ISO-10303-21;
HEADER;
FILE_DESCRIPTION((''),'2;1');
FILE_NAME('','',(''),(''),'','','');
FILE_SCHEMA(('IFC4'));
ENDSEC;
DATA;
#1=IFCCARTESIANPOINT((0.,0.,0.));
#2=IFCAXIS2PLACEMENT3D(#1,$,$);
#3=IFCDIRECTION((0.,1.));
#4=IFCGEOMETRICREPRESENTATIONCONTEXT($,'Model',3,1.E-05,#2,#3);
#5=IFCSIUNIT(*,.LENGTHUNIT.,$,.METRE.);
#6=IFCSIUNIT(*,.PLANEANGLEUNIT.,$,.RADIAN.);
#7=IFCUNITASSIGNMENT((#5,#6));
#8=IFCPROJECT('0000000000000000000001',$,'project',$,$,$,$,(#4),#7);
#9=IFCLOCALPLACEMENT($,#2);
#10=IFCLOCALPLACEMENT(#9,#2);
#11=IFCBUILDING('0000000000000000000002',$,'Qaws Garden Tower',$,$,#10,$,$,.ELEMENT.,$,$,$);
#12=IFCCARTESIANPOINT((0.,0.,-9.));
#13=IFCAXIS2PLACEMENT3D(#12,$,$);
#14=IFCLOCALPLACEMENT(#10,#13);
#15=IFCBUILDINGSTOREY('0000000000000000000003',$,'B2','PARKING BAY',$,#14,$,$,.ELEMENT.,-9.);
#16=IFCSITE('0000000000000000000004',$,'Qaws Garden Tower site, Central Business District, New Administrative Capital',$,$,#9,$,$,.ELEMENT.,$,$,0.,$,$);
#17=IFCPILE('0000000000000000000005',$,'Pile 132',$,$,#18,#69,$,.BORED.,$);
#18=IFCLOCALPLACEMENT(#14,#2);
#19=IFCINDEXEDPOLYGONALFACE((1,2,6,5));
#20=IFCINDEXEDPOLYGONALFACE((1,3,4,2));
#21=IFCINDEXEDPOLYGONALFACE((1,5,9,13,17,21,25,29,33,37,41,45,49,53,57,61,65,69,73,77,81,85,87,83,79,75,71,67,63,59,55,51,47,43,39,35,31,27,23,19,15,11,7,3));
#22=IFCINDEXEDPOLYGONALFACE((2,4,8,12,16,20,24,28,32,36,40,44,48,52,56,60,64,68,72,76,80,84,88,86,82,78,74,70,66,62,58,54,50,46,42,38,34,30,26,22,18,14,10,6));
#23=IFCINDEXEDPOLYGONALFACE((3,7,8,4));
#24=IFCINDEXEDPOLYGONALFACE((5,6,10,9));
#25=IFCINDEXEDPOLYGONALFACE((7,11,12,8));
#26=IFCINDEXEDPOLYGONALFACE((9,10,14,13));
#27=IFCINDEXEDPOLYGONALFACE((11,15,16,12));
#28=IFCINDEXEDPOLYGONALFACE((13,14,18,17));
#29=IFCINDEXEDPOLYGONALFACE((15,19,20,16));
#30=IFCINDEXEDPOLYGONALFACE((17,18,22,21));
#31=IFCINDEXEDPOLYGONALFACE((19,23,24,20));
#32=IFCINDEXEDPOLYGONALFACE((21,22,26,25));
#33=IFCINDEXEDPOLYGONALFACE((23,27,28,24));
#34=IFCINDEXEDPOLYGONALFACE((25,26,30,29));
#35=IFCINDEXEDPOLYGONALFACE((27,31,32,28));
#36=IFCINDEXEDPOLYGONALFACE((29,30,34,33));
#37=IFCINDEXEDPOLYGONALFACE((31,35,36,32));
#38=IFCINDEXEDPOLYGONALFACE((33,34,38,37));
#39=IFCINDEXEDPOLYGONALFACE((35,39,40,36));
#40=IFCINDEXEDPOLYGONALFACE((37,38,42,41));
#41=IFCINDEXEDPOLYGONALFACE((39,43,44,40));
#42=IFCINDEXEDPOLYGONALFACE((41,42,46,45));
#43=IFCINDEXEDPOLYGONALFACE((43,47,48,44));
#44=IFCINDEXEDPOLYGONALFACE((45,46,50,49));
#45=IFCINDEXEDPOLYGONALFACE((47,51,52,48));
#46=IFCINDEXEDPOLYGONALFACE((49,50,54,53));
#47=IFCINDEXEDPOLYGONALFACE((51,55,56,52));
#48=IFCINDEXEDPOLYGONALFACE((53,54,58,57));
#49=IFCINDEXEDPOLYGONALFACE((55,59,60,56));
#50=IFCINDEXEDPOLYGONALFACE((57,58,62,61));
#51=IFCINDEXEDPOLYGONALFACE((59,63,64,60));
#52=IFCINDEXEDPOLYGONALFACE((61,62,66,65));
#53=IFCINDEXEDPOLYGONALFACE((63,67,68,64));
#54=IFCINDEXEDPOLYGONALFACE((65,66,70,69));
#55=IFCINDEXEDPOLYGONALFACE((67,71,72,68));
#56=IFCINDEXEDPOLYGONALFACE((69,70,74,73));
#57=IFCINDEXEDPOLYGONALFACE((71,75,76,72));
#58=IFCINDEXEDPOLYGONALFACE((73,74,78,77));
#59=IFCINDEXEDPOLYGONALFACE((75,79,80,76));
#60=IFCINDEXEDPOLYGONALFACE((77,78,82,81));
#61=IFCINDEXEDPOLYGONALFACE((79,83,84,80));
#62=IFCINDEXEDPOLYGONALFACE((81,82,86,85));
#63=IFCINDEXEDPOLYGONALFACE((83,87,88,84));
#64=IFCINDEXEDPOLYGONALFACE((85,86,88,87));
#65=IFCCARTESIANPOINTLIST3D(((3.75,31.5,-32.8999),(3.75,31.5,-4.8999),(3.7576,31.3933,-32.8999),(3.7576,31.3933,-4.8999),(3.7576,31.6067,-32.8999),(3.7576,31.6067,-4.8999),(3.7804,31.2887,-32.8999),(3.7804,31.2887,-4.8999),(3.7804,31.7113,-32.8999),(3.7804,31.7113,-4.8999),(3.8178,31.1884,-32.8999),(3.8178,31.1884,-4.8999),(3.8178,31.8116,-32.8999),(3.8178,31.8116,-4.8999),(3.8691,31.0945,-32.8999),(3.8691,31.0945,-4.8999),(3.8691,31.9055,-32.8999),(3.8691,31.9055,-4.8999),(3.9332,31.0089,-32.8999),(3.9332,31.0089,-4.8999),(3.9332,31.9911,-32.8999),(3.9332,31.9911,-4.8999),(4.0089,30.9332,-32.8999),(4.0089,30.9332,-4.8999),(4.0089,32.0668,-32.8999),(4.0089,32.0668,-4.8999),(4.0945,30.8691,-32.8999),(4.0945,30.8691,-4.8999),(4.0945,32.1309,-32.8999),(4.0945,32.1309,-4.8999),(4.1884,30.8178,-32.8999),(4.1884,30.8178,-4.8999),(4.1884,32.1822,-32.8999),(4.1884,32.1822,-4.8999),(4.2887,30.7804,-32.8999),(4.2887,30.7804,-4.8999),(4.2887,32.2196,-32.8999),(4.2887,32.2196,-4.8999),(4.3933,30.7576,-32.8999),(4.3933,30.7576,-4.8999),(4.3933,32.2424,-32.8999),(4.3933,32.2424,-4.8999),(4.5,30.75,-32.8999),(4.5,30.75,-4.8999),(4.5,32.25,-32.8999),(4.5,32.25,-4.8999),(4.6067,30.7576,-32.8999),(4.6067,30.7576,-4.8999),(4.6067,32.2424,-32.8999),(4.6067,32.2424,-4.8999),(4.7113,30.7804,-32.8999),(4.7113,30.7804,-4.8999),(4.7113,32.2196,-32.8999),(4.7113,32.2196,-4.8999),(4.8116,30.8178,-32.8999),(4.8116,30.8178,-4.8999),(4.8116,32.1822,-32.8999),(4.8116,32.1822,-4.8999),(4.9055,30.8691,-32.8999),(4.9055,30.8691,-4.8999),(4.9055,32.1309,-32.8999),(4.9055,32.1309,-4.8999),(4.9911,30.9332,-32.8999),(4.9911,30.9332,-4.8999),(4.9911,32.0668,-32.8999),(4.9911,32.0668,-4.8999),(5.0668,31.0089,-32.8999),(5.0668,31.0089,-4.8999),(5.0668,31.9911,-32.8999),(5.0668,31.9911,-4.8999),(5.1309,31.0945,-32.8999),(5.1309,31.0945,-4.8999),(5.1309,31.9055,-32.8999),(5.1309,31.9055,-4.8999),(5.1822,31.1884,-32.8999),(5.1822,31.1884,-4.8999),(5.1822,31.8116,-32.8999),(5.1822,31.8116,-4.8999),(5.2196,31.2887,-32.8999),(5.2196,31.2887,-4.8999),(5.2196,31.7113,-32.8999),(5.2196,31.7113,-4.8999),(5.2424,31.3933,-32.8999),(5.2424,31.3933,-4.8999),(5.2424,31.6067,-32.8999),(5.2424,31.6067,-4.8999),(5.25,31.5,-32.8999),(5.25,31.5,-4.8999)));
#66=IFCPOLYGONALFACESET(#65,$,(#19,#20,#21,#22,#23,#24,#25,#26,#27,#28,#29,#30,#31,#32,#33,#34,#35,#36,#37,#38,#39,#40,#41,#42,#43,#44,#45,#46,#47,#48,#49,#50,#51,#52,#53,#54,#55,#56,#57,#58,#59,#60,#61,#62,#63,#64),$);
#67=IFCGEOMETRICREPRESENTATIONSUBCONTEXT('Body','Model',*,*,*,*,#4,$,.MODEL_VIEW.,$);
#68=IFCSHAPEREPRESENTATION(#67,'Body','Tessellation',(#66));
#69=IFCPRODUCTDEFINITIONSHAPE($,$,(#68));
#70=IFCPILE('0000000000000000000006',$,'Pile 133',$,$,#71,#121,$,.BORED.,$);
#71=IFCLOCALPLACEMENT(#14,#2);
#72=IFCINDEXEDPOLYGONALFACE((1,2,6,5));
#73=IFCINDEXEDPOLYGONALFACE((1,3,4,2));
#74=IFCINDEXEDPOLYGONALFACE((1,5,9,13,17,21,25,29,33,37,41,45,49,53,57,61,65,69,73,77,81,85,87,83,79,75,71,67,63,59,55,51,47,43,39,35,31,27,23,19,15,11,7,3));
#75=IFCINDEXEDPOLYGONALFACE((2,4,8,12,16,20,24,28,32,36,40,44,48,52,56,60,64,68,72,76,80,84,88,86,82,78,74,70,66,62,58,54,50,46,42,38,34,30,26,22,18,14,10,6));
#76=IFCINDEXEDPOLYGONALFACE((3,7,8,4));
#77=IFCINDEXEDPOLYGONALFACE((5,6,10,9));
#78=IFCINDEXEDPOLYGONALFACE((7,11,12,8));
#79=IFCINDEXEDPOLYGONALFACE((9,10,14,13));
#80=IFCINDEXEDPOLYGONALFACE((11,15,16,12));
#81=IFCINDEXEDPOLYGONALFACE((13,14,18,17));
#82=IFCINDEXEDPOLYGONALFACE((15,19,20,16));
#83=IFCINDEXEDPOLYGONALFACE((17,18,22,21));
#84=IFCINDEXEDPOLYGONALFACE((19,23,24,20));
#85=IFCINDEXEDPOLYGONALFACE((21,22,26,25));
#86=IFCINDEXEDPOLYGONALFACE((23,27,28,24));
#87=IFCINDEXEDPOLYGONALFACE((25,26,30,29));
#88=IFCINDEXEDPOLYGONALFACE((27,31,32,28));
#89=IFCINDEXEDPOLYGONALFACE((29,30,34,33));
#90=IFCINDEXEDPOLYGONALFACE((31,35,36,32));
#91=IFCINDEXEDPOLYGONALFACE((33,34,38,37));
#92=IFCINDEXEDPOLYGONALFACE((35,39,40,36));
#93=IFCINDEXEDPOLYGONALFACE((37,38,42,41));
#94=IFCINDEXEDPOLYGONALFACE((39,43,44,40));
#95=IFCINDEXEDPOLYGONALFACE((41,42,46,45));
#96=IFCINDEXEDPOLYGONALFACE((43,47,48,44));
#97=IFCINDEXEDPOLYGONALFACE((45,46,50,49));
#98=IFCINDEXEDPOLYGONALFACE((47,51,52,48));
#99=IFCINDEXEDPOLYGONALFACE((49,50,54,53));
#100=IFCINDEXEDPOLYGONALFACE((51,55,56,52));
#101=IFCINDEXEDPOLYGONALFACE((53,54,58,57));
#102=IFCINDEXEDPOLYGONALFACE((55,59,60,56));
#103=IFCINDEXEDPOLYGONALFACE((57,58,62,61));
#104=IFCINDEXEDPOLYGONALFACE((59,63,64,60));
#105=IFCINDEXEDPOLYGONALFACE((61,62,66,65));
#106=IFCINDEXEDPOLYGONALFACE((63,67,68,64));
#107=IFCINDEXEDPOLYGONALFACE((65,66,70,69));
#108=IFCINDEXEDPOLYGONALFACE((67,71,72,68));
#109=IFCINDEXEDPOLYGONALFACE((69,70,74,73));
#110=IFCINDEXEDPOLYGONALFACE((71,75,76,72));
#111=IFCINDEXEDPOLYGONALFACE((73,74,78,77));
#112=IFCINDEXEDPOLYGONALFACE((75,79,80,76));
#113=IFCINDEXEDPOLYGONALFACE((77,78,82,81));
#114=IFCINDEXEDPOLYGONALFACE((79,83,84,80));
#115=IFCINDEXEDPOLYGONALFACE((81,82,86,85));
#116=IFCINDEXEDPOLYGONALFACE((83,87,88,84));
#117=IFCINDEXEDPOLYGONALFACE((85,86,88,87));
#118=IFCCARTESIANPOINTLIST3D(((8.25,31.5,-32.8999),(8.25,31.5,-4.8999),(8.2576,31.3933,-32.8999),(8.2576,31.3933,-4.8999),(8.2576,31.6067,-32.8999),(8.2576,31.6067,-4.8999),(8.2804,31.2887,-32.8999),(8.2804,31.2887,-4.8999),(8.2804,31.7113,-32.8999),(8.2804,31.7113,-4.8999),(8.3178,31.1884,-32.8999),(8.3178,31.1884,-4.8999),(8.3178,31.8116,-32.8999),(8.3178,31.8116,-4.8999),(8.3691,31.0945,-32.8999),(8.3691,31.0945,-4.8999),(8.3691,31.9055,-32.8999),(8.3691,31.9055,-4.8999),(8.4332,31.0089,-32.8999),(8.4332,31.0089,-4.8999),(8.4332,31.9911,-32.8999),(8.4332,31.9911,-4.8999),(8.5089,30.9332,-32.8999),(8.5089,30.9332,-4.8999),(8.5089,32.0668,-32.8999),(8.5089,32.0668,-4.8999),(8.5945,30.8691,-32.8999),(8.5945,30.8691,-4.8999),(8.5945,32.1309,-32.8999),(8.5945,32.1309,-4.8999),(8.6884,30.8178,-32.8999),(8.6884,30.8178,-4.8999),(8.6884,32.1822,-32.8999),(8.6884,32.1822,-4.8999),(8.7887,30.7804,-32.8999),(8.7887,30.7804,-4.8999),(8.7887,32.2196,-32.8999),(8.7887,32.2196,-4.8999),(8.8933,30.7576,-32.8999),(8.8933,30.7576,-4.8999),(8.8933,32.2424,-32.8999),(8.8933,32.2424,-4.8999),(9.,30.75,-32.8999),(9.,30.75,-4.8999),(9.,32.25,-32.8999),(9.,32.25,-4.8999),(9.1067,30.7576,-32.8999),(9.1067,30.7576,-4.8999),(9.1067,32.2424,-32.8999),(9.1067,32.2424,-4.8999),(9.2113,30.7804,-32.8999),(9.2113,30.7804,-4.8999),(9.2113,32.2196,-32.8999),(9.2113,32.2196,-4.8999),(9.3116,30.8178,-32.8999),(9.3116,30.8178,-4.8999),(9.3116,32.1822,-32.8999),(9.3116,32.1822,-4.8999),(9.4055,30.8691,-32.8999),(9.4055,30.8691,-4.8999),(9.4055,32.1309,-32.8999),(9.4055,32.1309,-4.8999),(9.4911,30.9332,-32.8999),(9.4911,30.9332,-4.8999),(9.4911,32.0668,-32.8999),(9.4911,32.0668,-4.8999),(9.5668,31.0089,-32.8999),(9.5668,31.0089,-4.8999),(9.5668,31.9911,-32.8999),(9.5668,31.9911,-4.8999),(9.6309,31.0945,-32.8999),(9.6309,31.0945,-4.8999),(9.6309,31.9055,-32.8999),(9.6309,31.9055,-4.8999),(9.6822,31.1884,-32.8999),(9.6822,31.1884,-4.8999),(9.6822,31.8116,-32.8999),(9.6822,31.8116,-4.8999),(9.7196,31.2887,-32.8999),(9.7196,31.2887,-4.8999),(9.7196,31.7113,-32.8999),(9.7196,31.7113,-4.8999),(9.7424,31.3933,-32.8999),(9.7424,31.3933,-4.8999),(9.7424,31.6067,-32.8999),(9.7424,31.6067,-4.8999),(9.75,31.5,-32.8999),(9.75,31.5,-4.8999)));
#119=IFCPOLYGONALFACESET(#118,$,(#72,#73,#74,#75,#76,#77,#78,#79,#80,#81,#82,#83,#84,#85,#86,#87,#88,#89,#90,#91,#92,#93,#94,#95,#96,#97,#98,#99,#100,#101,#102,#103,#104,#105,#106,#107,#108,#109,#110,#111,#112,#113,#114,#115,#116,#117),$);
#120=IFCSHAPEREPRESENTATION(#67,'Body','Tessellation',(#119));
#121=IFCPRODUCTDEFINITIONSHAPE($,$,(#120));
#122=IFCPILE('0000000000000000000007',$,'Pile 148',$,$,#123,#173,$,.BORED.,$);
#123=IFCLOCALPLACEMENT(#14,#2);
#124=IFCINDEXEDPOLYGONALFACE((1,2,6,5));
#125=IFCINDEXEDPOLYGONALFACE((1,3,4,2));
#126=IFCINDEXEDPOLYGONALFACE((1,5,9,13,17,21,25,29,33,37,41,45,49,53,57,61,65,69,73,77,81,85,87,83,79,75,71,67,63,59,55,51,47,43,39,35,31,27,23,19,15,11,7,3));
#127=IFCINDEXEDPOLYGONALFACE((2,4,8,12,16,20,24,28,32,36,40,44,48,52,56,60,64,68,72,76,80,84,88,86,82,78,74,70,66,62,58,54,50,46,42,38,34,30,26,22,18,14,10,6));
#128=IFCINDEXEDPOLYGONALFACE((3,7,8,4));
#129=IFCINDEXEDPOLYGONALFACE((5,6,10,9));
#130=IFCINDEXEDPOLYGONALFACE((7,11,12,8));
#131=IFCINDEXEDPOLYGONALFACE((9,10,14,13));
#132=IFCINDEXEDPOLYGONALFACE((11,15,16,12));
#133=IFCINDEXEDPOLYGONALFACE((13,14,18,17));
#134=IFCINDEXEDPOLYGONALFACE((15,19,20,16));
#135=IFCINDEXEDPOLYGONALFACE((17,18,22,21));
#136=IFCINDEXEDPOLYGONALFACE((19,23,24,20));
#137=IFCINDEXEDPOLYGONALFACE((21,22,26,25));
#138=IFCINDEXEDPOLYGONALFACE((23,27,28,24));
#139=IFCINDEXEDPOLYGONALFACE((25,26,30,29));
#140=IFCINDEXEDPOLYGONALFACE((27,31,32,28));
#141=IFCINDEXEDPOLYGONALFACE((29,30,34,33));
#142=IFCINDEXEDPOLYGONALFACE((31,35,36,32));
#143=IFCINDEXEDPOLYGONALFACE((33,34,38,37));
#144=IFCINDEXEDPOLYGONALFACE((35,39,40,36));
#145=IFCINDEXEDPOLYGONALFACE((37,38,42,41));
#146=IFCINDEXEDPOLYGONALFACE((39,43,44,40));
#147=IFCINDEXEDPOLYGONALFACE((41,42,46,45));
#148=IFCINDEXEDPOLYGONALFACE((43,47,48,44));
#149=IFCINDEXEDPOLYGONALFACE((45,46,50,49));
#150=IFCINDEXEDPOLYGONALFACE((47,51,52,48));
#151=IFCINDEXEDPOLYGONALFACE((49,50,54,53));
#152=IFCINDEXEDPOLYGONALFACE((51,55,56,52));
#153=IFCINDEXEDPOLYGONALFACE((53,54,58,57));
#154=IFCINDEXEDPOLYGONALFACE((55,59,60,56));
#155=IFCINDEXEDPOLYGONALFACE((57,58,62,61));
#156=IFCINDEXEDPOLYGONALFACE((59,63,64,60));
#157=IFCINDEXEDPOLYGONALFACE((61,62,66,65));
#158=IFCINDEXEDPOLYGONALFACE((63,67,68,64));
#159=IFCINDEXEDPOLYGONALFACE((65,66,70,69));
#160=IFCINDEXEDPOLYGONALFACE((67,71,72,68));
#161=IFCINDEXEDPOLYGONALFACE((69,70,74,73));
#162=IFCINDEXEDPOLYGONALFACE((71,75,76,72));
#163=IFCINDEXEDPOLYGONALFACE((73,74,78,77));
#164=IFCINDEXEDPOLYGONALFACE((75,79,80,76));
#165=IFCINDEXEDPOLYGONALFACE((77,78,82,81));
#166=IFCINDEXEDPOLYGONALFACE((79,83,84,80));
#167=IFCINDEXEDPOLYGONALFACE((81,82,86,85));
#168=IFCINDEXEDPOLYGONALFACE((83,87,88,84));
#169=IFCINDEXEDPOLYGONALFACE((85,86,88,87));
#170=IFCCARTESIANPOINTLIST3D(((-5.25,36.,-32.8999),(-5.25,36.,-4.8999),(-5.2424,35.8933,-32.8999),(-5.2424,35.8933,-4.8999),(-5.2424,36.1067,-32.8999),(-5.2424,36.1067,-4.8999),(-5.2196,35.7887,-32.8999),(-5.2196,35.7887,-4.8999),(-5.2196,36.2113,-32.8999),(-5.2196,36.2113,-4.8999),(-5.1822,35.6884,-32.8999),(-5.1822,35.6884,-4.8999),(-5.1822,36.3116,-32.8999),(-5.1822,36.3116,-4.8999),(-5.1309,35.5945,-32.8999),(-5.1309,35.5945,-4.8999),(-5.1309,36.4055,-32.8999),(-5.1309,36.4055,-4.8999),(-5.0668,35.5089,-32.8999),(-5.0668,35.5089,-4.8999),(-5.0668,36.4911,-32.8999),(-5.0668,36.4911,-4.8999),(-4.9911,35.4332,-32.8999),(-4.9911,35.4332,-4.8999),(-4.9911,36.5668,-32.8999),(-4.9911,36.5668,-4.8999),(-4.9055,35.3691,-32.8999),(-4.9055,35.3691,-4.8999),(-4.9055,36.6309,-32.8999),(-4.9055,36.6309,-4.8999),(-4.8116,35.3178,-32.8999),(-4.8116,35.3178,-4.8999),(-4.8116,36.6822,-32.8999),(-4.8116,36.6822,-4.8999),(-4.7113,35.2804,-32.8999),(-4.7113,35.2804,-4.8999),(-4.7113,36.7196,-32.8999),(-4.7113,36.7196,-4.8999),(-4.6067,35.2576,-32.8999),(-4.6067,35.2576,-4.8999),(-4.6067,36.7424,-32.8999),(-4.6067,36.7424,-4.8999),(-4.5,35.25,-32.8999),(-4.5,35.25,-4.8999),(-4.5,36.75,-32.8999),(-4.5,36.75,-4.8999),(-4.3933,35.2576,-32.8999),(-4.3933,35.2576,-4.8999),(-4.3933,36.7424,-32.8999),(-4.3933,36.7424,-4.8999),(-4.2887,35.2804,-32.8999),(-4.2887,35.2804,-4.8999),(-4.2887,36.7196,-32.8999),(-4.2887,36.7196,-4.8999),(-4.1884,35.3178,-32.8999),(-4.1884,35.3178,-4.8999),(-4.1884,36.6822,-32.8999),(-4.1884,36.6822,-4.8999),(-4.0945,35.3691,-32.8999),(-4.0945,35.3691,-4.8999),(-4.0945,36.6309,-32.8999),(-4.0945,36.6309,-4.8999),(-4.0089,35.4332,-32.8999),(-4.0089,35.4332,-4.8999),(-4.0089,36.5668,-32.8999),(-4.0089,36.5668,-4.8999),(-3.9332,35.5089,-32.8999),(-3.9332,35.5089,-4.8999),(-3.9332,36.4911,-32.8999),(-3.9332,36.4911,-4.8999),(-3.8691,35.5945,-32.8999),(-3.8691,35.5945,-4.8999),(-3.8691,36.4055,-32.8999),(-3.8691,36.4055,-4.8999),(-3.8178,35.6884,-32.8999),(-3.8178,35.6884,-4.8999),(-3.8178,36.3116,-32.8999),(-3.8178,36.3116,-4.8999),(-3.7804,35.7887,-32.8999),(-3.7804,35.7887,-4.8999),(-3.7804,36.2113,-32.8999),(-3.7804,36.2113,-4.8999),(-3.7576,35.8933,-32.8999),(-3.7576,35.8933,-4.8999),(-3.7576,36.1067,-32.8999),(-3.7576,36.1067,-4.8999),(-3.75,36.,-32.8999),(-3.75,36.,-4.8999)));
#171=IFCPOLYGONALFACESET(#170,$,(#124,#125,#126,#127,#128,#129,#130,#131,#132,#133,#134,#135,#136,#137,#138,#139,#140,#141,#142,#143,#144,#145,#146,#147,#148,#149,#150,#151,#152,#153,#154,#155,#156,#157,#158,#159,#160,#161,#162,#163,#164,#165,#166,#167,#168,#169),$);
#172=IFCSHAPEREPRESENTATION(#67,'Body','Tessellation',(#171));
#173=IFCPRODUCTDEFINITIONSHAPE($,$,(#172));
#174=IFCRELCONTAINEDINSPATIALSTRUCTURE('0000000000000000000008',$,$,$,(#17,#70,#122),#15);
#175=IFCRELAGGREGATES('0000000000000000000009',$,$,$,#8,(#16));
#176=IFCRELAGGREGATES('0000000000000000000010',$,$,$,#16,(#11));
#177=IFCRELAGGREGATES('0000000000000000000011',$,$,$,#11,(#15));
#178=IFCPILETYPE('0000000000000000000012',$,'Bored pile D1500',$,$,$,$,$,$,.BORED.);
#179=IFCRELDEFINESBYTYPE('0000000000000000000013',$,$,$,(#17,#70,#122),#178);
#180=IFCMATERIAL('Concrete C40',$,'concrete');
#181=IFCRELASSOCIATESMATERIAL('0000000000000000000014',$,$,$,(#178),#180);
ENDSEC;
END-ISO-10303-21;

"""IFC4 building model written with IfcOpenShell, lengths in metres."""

from ifc_helpers import new_model, si_unit, direction, frame, origin, origin_2d, place, context, subcontext, project, spatial, circle, extrude, material, material_profile, profile_set, type_object, element, save


model = new_model("IFC4")

# Units and contexts
model_context = context("Model", 3, precision=1e-05, world=origin(), true_north=direction((0.0, 1.0)))
body_context = subcontext(model_context, "Body", "Model", "MODEL_VIEW")
ifc_project = project(units=[si_unit("LENGTHUNIT", "METRE"), si_unit("PLANEANGLEUNIT", "RADIAN")], contexts=[model_context])

# Site, building, storey
site_placement = place(None, origin())
site = spatial("IfcSite", under=ifc_project, at=site_placement, Name="Qaws Garden Tower site, Central Business District, New Administrative Capital", CompositionType="ELEMENT", RefElevation=0.0)
building_placement = place(site_placement, origin())
building = spatial("IfcBuilding", under=site, at=building_placement, Name="Qaws Garden Tower", CompositionType="ELEMENT")
storey_placement = place(building_placement, frame((0.0, 0.0, -9.0)))
storey = spatial("IfcBuildingStorey", under=building, at=storey_placement, Name="B2", Description="PARKING BAY", CompositionType="ELEMENT", Elevation=-9.0)

# Piles
ifc_material_1 = material(Name="Concrete C40", Category="concrete")
ifc_material_profile_1 = material_profile(ifc_material_1, circle(Radius=0.75, at=origin_2d()), Name="Bored pile D1500")
ifc_profile_set_1 = profile_set([ifc_material_profile_1], Name="Concrete C40")
pile_type = type_object("IfcPileType", Name="Bored pile D1500", PredefinedType="BORED", material=ifc_profile_set_1)
for number, where, z_axis, x_axis, name in (
    (1, (4.5, 31.5, -4.8999), (0.0, 0.0, -1.0), (1.0, 0.0, 0.0), "Pile 132"),
    (2, (9.0, 31.5, -4.8999), (0.0, 0.0, -1.0), (1.0, 0.0, 0.0), "Pile 133"),
    (3, (-4.5, 36.0, -4.8999), (0.0, 0.0, -1.0), (1.0, 0.0, 0.0), "Pile 148"),
):
    element("IfcPile", number, at=place(storey_placement, frame(where, z_axis=z_axis, x_axis=x_axis)), inside=storey, type_object=pile_type, Name=name, PredefinedType="BORED", context=body_context, shape_type="SweptSolid", body=[
        extrude(circle(Radius=0.75, at=origin_2d()), origin(), (0.0, 0.0, 1.0), 28.0),
    ])

save(model, "model.ifc")
